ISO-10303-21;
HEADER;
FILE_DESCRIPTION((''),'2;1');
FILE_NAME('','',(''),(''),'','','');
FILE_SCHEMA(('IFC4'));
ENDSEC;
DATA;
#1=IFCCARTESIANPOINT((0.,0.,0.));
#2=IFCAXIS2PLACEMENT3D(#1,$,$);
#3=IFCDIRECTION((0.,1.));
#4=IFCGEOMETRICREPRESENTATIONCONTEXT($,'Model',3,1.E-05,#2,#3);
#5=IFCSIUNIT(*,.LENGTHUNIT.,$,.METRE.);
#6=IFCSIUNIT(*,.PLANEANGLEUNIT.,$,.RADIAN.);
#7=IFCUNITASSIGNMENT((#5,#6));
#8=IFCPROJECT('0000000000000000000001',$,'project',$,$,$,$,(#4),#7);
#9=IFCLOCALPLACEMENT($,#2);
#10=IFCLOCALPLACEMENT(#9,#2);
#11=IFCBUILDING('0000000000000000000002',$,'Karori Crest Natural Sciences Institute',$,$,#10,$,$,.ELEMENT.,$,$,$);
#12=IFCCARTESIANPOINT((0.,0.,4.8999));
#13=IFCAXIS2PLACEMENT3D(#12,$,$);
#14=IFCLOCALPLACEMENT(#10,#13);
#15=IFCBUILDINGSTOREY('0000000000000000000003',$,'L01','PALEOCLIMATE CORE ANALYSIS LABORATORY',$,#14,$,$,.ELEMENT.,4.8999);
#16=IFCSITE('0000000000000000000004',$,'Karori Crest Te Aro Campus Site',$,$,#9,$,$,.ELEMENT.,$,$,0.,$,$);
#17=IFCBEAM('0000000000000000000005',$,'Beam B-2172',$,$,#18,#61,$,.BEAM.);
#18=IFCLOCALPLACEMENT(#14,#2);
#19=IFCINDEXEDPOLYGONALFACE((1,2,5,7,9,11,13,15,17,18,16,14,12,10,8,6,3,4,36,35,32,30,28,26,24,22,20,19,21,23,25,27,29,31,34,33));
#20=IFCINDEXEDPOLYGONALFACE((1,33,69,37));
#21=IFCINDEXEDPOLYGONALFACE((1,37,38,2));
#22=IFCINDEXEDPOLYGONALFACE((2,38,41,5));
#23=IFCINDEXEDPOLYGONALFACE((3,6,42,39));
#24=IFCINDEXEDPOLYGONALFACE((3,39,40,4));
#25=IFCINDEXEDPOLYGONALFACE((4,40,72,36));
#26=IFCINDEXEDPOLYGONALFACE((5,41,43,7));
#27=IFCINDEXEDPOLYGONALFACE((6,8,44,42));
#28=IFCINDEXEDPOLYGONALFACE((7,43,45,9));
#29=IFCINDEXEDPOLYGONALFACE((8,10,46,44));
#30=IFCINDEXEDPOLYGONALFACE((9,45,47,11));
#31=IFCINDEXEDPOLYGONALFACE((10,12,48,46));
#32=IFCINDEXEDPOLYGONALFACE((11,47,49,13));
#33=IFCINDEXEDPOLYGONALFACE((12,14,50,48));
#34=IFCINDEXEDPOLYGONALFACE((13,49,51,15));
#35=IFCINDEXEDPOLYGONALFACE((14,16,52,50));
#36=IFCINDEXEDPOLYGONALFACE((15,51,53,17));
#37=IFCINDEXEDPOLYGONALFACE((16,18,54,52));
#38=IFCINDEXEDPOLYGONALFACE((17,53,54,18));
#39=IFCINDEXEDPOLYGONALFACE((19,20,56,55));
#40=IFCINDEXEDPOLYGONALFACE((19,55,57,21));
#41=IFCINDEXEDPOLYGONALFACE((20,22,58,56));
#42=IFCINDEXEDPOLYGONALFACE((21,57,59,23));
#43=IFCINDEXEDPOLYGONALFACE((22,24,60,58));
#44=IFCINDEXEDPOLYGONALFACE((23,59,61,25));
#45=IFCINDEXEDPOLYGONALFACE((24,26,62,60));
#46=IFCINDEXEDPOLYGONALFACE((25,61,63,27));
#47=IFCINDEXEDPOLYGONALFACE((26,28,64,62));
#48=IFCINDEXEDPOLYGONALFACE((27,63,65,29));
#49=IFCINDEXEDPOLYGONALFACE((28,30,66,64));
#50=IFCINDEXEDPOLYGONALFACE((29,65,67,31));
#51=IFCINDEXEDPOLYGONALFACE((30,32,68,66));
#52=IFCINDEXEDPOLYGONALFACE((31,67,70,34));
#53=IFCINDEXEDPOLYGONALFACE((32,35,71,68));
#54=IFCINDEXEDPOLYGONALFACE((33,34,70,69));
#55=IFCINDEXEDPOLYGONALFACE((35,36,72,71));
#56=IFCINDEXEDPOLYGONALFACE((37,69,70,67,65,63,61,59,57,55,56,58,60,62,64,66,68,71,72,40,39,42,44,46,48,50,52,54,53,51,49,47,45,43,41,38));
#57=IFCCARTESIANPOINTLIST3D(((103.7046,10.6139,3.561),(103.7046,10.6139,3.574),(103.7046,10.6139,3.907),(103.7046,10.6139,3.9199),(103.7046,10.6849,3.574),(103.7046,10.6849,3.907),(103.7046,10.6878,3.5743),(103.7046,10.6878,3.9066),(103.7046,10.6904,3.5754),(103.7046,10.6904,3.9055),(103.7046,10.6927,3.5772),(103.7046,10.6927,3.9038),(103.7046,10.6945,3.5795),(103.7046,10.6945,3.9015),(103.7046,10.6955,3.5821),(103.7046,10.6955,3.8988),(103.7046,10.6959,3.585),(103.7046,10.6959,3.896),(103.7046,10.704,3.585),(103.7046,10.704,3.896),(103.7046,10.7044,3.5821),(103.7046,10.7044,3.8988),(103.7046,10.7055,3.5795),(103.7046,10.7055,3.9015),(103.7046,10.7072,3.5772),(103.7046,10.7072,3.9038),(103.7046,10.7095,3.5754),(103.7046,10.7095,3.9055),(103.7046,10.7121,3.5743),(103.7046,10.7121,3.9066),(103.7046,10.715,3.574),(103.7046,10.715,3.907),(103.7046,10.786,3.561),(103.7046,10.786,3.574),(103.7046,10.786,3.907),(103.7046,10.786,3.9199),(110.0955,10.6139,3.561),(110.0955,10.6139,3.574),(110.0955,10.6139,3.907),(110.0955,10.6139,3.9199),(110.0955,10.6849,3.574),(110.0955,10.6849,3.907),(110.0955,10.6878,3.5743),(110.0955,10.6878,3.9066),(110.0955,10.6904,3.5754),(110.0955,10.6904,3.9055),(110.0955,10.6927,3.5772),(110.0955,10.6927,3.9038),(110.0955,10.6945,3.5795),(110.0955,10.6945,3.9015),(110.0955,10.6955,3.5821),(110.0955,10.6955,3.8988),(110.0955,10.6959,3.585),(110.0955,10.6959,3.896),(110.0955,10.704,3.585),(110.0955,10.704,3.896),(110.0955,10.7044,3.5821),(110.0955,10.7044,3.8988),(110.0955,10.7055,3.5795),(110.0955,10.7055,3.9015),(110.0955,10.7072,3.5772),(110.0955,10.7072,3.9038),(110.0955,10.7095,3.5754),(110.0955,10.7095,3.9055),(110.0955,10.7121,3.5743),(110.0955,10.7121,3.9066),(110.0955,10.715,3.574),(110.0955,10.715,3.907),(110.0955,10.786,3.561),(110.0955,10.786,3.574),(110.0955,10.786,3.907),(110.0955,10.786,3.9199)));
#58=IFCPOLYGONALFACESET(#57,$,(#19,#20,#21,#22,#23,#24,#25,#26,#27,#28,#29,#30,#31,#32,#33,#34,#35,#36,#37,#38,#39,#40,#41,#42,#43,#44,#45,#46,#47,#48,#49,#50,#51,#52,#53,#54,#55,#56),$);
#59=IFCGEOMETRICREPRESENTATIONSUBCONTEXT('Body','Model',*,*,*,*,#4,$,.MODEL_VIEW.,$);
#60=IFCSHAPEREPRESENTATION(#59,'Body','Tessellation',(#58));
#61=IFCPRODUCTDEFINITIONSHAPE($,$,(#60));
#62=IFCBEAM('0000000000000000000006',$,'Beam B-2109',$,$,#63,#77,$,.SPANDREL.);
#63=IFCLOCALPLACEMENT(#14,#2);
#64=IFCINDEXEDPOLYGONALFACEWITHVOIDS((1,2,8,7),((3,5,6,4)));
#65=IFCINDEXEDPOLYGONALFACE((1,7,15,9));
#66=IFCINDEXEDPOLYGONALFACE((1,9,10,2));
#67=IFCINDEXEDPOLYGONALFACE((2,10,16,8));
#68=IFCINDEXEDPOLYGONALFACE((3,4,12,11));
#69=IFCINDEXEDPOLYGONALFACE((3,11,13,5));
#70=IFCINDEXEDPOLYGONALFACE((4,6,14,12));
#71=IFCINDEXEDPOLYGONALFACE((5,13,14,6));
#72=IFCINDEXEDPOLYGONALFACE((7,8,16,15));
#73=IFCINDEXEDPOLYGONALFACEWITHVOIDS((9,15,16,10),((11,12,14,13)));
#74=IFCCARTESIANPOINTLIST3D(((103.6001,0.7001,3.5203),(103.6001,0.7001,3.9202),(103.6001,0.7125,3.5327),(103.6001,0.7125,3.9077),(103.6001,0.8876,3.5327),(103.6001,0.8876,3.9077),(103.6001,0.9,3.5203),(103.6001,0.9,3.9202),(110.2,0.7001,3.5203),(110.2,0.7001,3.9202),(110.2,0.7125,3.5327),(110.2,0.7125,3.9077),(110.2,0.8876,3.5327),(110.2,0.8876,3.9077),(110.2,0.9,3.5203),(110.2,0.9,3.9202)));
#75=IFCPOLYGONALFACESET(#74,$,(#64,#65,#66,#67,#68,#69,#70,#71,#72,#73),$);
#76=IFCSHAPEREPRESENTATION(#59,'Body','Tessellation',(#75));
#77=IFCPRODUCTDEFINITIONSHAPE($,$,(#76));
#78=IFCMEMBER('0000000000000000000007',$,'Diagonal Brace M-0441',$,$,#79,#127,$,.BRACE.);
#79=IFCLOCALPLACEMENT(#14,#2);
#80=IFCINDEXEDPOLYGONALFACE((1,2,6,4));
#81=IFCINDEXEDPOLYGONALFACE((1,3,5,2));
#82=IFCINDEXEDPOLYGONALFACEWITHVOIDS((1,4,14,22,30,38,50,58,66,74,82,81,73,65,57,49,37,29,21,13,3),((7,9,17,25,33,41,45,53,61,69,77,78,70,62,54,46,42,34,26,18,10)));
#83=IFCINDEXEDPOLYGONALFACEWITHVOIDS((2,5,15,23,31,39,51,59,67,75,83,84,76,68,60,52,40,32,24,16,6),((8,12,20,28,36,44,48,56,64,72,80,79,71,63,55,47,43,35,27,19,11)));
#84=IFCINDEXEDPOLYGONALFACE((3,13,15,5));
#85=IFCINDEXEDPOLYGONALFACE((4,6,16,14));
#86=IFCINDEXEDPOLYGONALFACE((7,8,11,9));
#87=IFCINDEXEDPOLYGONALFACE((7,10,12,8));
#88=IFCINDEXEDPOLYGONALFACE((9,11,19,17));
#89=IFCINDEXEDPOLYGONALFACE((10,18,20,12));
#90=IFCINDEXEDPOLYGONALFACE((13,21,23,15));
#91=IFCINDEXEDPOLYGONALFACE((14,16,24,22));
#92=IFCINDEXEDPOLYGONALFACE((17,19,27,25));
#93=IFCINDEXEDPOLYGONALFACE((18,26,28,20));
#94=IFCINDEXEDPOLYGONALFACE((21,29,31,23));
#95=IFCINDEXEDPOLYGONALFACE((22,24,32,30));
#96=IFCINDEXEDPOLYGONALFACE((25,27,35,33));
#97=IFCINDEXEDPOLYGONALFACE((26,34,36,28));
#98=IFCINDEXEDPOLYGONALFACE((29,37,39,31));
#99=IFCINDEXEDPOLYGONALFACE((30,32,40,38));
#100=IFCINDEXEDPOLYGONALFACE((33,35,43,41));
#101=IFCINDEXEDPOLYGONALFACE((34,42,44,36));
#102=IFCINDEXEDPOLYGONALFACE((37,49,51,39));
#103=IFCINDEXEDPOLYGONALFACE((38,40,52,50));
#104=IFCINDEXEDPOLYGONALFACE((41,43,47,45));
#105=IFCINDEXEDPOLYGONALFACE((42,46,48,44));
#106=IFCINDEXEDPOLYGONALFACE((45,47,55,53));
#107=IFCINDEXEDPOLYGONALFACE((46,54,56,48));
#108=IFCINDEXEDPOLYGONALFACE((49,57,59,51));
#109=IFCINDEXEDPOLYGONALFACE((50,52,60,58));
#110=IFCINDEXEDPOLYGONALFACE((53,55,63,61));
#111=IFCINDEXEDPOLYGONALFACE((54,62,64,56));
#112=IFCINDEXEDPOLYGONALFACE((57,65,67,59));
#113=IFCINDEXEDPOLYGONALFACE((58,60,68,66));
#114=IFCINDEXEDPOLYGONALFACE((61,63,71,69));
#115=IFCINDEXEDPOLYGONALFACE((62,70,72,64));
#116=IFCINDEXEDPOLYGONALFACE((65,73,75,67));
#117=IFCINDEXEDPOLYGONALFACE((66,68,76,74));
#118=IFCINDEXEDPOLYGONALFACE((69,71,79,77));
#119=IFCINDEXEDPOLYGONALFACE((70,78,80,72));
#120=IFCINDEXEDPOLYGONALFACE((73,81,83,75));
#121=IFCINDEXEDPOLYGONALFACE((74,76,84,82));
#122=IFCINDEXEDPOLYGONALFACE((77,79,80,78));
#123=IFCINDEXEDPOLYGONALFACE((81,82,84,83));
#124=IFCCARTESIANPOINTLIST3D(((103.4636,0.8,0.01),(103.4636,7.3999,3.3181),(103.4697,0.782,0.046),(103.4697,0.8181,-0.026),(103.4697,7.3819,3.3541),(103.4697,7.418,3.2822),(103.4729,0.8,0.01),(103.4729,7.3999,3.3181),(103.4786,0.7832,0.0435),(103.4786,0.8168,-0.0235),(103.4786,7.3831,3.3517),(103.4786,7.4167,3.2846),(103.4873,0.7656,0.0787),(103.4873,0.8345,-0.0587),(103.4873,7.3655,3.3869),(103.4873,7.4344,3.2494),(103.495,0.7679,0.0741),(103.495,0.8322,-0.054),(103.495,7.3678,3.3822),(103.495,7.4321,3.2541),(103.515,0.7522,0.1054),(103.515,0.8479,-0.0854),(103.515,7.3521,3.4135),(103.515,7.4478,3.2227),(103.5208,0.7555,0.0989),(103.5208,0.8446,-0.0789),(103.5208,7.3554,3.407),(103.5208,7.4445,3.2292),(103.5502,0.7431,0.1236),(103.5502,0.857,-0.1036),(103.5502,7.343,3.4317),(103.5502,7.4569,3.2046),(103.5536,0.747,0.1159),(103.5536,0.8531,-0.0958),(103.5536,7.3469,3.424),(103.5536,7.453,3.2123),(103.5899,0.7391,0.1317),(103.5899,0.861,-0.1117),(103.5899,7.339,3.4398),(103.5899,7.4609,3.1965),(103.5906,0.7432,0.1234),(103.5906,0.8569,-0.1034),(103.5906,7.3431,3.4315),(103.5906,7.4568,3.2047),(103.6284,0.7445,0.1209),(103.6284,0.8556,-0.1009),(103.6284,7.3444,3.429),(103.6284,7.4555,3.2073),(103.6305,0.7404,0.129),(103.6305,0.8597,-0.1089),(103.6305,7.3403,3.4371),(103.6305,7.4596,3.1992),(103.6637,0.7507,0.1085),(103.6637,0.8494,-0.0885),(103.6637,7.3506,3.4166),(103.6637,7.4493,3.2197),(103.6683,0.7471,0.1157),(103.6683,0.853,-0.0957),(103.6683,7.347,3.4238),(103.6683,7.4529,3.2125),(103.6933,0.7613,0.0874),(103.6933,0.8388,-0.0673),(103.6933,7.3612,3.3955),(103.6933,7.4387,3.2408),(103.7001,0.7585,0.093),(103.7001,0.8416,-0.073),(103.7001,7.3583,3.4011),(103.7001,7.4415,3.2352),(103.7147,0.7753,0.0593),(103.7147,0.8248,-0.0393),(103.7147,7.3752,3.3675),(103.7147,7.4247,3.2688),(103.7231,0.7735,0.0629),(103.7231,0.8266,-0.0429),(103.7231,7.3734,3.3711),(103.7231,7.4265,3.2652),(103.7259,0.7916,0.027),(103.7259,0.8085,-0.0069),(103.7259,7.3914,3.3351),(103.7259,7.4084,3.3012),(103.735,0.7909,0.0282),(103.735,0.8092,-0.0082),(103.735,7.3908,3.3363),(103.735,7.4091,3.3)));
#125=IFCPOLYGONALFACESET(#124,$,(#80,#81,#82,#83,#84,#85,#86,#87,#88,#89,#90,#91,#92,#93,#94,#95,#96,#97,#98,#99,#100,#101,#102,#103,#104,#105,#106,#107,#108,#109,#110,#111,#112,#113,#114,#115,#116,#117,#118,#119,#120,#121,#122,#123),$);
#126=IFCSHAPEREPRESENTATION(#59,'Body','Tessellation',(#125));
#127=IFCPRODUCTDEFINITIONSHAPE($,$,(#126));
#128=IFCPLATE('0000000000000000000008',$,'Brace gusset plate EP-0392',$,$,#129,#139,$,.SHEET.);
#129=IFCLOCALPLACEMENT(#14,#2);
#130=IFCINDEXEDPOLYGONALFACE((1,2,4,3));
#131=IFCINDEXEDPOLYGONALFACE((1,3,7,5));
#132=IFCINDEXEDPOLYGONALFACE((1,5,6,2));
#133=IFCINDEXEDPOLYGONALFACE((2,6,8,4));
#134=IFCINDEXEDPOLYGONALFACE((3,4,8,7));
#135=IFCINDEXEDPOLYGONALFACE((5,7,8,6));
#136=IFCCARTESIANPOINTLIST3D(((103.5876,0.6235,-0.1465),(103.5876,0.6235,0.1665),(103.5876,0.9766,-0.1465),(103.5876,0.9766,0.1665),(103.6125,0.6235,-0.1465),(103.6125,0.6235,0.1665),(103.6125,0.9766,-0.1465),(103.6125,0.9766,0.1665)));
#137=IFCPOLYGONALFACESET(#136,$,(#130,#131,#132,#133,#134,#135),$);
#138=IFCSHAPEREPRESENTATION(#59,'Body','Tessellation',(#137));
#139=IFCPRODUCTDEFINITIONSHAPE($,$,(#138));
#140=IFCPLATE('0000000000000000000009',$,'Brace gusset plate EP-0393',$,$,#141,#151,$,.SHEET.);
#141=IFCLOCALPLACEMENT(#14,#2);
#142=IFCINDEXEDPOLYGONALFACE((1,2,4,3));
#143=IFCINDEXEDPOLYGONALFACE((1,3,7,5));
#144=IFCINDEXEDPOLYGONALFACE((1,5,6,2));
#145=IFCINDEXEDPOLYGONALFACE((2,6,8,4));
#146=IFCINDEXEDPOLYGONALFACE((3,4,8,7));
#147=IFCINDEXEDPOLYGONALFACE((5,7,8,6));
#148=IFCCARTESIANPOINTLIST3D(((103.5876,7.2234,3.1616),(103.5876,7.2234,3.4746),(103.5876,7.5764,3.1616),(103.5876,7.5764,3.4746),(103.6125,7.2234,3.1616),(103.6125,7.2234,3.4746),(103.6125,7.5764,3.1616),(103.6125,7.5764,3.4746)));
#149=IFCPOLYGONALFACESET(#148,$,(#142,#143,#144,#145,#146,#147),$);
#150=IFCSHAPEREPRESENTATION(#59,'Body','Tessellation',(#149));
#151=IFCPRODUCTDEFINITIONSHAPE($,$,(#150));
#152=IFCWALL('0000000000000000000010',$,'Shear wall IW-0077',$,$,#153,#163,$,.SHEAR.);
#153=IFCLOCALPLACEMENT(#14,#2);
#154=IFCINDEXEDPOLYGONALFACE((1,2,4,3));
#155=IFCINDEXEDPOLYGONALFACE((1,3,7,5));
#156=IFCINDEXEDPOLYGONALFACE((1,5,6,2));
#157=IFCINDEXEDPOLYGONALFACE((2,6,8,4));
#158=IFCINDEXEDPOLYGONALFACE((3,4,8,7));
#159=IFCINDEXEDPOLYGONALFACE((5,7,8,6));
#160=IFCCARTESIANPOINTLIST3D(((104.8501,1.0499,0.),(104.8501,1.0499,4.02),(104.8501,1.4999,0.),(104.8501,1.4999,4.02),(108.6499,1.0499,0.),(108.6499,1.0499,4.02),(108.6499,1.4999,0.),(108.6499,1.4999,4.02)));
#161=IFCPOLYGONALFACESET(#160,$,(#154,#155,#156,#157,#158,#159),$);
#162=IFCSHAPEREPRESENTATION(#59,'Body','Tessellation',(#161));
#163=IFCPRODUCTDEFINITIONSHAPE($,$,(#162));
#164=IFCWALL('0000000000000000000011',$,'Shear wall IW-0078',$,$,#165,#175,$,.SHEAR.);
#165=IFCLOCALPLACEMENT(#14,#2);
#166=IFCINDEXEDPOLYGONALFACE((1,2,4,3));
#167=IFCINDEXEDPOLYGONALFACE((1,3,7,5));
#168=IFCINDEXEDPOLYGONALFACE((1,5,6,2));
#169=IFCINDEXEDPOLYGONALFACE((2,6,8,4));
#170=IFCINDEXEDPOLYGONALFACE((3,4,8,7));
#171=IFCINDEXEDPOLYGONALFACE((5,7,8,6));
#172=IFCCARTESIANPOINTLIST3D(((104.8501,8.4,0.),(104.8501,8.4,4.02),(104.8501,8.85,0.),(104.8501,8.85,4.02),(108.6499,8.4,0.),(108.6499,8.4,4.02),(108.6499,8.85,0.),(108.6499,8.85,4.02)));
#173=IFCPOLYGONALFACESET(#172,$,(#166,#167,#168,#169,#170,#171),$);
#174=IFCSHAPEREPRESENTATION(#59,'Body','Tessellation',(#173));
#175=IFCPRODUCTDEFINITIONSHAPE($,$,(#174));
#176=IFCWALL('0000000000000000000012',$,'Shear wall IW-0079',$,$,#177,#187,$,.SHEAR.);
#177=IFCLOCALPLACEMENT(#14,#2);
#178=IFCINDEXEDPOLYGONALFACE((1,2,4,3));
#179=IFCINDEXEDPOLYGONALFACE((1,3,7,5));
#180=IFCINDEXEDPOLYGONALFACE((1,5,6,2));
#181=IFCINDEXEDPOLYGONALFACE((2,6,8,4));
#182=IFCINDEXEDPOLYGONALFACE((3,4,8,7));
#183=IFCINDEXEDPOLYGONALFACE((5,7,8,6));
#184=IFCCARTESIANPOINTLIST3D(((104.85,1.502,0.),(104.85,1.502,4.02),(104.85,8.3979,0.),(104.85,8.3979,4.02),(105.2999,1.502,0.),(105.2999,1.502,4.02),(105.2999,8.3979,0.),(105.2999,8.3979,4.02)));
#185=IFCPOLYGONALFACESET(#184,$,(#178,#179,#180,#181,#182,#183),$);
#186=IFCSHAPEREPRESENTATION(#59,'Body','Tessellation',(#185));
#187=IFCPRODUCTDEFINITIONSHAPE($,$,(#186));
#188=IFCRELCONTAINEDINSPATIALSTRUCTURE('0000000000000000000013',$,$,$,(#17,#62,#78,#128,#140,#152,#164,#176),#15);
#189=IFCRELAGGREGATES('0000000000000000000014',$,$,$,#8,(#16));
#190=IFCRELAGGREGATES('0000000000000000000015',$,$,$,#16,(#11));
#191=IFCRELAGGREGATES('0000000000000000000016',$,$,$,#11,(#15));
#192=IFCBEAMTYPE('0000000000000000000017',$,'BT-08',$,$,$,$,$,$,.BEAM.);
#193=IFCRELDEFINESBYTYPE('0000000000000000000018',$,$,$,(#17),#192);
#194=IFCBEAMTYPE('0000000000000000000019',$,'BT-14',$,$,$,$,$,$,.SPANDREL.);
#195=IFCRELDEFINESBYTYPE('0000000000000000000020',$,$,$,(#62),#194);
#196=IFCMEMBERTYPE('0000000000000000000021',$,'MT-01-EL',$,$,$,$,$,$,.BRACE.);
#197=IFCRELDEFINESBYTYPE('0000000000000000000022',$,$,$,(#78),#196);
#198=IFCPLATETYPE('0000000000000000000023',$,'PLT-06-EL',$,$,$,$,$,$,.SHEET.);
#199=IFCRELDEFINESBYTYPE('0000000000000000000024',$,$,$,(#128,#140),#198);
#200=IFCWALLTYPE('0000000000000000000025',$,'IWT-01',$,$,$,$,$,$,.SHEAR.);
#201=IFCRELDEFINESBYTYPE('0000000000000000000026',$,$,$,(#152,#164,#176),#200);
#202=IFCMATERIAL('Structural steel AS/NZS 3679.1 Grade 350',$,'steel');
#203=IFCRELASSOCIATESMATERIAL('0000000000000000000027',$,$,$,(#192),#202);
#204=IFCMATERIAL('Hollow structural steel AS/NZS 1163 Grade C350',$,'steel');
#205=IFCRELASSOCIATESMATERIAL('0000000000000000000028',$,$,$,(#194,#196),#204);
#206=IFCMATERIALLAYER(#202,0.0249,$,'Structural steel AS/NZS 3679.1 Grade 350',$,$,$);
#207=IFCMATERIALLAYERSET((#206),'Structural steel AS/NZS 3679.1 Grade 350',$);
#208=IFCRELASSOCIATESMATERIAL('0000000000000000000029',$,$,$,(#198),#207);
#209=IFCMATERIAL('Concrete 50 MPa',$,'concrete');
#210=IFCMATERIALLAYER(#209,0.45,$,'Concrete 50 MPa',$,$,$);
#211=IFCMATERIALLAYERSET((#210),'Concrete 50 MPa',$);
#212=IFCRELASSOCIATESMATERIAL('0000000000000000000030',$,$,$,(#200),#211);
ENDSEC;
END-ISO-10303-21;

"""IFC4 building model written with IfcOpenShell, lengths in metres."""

from ifc_helpers import new_model, si_unit, direction, frame, frame_2d, origin, origin_2d, place, context, subcontext, project, spatial, rectangle, hollow_rectangle, hollow_circle, i_section, extrude, material, layer, layer_set, material_profile, profile_set, type_object, element, save


model = new_model("IFC4")

# Units and contexts
model_context = context("Model", 3, precision=1e-05, world=origin(), true_north=direction((0.0, 1.0)))
body_context = subcontext(model_context, "Body", "Model", "MODEL_VIEW")
ifc_project = project(units=[si_unit("LENGTHUNIT", "METRE"), si_unit("PLANEANGLEUNIT", "RADIAN")], contexts=[model_context])

# Site, building, storey
site_placement = place(None, origin())
site = spatial("IfcSite", under=ifc_project, at=site_placement, Name="Karori Crest Te Aro Campus Site", CompositionType="ELEMENT", RefElevation=0.0)
building_placement = place(site_placement, origin())
building = spatial("IfcBuilding", under=site, at=building_placement, Name="Karori Crest Natural Sciences Institute", CompositionType="ELEMENT")
storey_placement = place(building_placement, frame((0.0, 0.0, 4.8999)))
storey = spatial("IfcBuildingStorey", under=building, at=storey_placement, Name="L01", Description="PALEOCLIMATE CORE ANALYSIS LABORATORY", CompositionType="ELEMENT", Elevation=4.8999)

# Shared definitions
ifc_material_1 = material(Name="Structural steel AS/NZS 3679.1 Grade 350", Category="steel")

# Beams
ifc_material_profile_1 = material_profile(ifc_material_1, i_section(OverallWidth=0.1721, OverallDepth=0.3589, WebThickness=0.0081, FlangeThickness=0.0129, FilletRadius=0.011, at=origin_2d()), Name="360UB56.7")
ifc_profile_set_1 = profile_set([ifc_material_profile_1], Name="Structural steel AS/NZS 3679.1 Grade 350")
beam_type_1 = type_object("IfcBeamType", Name="BT-08", PredefinedType="BEAM", material=ifc_profile_set_1)
beam_1_placement = place(storey_placement, frame((103.7046, 10.7, 3.7405), z_axis=(1.0, 0.0, 0.0), x_axis=(0.0, 1.0, 0.0)))
element("IfcBeam", 1, at=beam_1_placement, inside=storey, type_object=beam_type_1, Name="Beam B-2172", PredefinedType="BEAM", context=body_context, shape_type="SweptSolid", body=[
    extrude(i_section(OverallWidth=0.1721, OverallDepth=0.3589, WebThickness=0.0081, FlangeThickness=0.0129, FilletRadius=0.011, at=origin_2d()), origin(), (0.0, 0.0, 1.0), 6.3909),
])
ifc_material_2 = material(Name="Hollow structural steel AS/NZS 1163 Grade C350", Category="steel")
ifc_material_profile_2 = material_profile(ifc_material_2, hollow_rectangle(XDim=0.2, YDim=0.3999, WallThickness=0.0125, at=origin_2d()), Name="RHS400x200x12.5")
ifc_profile_set_2 = profile_set([ifc_material_profile_2], Name="Hollow structural steel AS/NZS 1163 Grade C350")
beam_type_2 = type_object("IfcBeamType", Name="BT-14", PredefinedType="SPANDREL", material=ifc_profile_set_2)
beam_2_placement = place(storey_placement, frame((103.6001, 0.8, 3.7202), z_axis=(1.0, 0.0, 0.0), x_axis=(0.0, 1.0, 0.0)))
element("IfcBeam", 2, at=beam_2_placement, inside=storey, type_object=beam_type_2, Name="Beam B-2109", PredefinedType="SPANDREL", context=body_context, shape_type="SweptSolid", body=[
    extrude(hollow_rectangle(XDim=0.2, YDim=0.3999, WallThickness=0.0125, at=origin_2d()), origin(), (0.0, 0.0, 1.0), 6.5999),
])

# Member
ifc_material_profile_3 = material_profile(ifc_material_2, hollow_circle(Radius=0.1365, WallThickness=0.0093, at=origin_2d()), Name="CHS273.0x9.3")
ifc_profile_set_3 = profile_set([ifc_material_profile_3], Name="Hollow structural steel AS/NZS 1163 Grade C350")
member_type = type_object("IfcMemberType", Name="MT-01-EL", PredefinedType="BRACE", material=ifc_profile_set_3)
member_placement = place(storey_placement, frame((103.6001, 0.8, 0.01), z_axis=(0.0, 0.893984, 0.4481), x_axis=(-1.0, 0.0, 0.0)))
element("IfcMember", 3, at=member_placement, inside=storey, type_object=member_type, Name="Diagonal Brace M-0441", PredefinedType="BRACE", context=body_context, shape_type="SweptSolid", body=[
    extrude(hollow_circle(Radius=0.1365, WallThickness=0.0093, at=origin_2d()), origin(), (0.0, 0.0, 1.0), 7.3826),
])

# Plates
ifc_layer_1 = layer(ifc_material_1, 0.0249, Name="Structural steel AS/NZS 3679.1 Grade 350")
ifc_layer_set_1 = layer_set([ifc_layer_1], Name="Structural steel AS/NZS 3679.1 Grade 350")
plate_type = type_object("IfcPlateType", Name="PLT-06-EL", PredefinedType="SHEET", material=ifc_layer_set_1)
for number, where, z_axis, x_axis, name in (
    (4, (103.6001, 0.8, -0.1465), (0.0, 0.0, 1.0), (0.0, 1.0, 0.0), "Brace gusset plate EP-0392"),
    (5, (103.6001, 7.3999, 3.1616), (0.0, 0.0, 1.0), (0.0, 1.0, 0.0), "Brace gusset plate EP-0393"),
):
    element("IfcPlate", number, at=place(storey_placement, frame(where, z_axis=z_axis, x_axis=x_axis)), inside=storey, type_object=plate_type, Name=name, PredefinedType="SHEET", context=body_context, shape_type="SweptSolid", body=[
        extrude(rectangle(XDim=0.353, YDim=0.0249, at=origin_2d()), origin(), (0.0, 0.0, 1.0), 0.313),
    ])

# Walls
ifc_material_3 = material(Name="Concrete 50 MPa", Category="concrete")
ifc_layer_2 = layer(ifc_material_3, 0.45, Name="Concrete 50 MPa")
ifc_layer_set_2 = layer_set([ifc_layer_2], Name="Concrete 50 MPa")
wall_type_1 = type_object("IfcWallType", Name="IWT-01", PredefinedType="SHEAR", material=ifc_layer_set_2)
for number, where, z_axis, x_axis, name in (
    (6, (104.8501, 1.2749, 0.0), (0.0, 0.0, 1.0), (1.0, 0.0, 0.0), "Shear wall IW-0077"),
    (7, (104.8501, 8.625, 0.0), (0.0, 0.0, 1.0), (1.0, 0.0, 0.0), "Shear wall IW-0078"),
):
    element("IfcWall", number, at=place(storey_placement, frame(where, z_axis=z_axis, x_axis=x_axis)), inside=storey, type_object=wall_type_1, Name=name, PredefinedType="SHEAR", context=body_context, shape_type="SweptSolid", body=[
        extrude(rectangle(XDim=3.7998, YDim=0.45, at=frame_2d((1.8999, 0.0))), origin(), (0.0, 0.0, 1.0), 4.02),
    ])
wall_1_placement = place(storey_placement, frame((105.075, 1.502, 0.0), z_axis=(0.0, 0.0, 1.0), x_axis=(0.0, 1.0, 0.0)))
element("IfcWall", 8, at=wall_1_placement, inside=storey, type_object=wall_type_1, Name="Shear wall IW-0079", PredefinedType="SHEAR", context=body_context, shape_type="SweptSolid", body=[
    extrude(rectangle(XDim=6.896, YDim=0.45, at=frame_2d((3.448, 0.0))), origin(), (0.0, 0.0, 1.0), 4.02),
])

save(model, "model.ifc")
